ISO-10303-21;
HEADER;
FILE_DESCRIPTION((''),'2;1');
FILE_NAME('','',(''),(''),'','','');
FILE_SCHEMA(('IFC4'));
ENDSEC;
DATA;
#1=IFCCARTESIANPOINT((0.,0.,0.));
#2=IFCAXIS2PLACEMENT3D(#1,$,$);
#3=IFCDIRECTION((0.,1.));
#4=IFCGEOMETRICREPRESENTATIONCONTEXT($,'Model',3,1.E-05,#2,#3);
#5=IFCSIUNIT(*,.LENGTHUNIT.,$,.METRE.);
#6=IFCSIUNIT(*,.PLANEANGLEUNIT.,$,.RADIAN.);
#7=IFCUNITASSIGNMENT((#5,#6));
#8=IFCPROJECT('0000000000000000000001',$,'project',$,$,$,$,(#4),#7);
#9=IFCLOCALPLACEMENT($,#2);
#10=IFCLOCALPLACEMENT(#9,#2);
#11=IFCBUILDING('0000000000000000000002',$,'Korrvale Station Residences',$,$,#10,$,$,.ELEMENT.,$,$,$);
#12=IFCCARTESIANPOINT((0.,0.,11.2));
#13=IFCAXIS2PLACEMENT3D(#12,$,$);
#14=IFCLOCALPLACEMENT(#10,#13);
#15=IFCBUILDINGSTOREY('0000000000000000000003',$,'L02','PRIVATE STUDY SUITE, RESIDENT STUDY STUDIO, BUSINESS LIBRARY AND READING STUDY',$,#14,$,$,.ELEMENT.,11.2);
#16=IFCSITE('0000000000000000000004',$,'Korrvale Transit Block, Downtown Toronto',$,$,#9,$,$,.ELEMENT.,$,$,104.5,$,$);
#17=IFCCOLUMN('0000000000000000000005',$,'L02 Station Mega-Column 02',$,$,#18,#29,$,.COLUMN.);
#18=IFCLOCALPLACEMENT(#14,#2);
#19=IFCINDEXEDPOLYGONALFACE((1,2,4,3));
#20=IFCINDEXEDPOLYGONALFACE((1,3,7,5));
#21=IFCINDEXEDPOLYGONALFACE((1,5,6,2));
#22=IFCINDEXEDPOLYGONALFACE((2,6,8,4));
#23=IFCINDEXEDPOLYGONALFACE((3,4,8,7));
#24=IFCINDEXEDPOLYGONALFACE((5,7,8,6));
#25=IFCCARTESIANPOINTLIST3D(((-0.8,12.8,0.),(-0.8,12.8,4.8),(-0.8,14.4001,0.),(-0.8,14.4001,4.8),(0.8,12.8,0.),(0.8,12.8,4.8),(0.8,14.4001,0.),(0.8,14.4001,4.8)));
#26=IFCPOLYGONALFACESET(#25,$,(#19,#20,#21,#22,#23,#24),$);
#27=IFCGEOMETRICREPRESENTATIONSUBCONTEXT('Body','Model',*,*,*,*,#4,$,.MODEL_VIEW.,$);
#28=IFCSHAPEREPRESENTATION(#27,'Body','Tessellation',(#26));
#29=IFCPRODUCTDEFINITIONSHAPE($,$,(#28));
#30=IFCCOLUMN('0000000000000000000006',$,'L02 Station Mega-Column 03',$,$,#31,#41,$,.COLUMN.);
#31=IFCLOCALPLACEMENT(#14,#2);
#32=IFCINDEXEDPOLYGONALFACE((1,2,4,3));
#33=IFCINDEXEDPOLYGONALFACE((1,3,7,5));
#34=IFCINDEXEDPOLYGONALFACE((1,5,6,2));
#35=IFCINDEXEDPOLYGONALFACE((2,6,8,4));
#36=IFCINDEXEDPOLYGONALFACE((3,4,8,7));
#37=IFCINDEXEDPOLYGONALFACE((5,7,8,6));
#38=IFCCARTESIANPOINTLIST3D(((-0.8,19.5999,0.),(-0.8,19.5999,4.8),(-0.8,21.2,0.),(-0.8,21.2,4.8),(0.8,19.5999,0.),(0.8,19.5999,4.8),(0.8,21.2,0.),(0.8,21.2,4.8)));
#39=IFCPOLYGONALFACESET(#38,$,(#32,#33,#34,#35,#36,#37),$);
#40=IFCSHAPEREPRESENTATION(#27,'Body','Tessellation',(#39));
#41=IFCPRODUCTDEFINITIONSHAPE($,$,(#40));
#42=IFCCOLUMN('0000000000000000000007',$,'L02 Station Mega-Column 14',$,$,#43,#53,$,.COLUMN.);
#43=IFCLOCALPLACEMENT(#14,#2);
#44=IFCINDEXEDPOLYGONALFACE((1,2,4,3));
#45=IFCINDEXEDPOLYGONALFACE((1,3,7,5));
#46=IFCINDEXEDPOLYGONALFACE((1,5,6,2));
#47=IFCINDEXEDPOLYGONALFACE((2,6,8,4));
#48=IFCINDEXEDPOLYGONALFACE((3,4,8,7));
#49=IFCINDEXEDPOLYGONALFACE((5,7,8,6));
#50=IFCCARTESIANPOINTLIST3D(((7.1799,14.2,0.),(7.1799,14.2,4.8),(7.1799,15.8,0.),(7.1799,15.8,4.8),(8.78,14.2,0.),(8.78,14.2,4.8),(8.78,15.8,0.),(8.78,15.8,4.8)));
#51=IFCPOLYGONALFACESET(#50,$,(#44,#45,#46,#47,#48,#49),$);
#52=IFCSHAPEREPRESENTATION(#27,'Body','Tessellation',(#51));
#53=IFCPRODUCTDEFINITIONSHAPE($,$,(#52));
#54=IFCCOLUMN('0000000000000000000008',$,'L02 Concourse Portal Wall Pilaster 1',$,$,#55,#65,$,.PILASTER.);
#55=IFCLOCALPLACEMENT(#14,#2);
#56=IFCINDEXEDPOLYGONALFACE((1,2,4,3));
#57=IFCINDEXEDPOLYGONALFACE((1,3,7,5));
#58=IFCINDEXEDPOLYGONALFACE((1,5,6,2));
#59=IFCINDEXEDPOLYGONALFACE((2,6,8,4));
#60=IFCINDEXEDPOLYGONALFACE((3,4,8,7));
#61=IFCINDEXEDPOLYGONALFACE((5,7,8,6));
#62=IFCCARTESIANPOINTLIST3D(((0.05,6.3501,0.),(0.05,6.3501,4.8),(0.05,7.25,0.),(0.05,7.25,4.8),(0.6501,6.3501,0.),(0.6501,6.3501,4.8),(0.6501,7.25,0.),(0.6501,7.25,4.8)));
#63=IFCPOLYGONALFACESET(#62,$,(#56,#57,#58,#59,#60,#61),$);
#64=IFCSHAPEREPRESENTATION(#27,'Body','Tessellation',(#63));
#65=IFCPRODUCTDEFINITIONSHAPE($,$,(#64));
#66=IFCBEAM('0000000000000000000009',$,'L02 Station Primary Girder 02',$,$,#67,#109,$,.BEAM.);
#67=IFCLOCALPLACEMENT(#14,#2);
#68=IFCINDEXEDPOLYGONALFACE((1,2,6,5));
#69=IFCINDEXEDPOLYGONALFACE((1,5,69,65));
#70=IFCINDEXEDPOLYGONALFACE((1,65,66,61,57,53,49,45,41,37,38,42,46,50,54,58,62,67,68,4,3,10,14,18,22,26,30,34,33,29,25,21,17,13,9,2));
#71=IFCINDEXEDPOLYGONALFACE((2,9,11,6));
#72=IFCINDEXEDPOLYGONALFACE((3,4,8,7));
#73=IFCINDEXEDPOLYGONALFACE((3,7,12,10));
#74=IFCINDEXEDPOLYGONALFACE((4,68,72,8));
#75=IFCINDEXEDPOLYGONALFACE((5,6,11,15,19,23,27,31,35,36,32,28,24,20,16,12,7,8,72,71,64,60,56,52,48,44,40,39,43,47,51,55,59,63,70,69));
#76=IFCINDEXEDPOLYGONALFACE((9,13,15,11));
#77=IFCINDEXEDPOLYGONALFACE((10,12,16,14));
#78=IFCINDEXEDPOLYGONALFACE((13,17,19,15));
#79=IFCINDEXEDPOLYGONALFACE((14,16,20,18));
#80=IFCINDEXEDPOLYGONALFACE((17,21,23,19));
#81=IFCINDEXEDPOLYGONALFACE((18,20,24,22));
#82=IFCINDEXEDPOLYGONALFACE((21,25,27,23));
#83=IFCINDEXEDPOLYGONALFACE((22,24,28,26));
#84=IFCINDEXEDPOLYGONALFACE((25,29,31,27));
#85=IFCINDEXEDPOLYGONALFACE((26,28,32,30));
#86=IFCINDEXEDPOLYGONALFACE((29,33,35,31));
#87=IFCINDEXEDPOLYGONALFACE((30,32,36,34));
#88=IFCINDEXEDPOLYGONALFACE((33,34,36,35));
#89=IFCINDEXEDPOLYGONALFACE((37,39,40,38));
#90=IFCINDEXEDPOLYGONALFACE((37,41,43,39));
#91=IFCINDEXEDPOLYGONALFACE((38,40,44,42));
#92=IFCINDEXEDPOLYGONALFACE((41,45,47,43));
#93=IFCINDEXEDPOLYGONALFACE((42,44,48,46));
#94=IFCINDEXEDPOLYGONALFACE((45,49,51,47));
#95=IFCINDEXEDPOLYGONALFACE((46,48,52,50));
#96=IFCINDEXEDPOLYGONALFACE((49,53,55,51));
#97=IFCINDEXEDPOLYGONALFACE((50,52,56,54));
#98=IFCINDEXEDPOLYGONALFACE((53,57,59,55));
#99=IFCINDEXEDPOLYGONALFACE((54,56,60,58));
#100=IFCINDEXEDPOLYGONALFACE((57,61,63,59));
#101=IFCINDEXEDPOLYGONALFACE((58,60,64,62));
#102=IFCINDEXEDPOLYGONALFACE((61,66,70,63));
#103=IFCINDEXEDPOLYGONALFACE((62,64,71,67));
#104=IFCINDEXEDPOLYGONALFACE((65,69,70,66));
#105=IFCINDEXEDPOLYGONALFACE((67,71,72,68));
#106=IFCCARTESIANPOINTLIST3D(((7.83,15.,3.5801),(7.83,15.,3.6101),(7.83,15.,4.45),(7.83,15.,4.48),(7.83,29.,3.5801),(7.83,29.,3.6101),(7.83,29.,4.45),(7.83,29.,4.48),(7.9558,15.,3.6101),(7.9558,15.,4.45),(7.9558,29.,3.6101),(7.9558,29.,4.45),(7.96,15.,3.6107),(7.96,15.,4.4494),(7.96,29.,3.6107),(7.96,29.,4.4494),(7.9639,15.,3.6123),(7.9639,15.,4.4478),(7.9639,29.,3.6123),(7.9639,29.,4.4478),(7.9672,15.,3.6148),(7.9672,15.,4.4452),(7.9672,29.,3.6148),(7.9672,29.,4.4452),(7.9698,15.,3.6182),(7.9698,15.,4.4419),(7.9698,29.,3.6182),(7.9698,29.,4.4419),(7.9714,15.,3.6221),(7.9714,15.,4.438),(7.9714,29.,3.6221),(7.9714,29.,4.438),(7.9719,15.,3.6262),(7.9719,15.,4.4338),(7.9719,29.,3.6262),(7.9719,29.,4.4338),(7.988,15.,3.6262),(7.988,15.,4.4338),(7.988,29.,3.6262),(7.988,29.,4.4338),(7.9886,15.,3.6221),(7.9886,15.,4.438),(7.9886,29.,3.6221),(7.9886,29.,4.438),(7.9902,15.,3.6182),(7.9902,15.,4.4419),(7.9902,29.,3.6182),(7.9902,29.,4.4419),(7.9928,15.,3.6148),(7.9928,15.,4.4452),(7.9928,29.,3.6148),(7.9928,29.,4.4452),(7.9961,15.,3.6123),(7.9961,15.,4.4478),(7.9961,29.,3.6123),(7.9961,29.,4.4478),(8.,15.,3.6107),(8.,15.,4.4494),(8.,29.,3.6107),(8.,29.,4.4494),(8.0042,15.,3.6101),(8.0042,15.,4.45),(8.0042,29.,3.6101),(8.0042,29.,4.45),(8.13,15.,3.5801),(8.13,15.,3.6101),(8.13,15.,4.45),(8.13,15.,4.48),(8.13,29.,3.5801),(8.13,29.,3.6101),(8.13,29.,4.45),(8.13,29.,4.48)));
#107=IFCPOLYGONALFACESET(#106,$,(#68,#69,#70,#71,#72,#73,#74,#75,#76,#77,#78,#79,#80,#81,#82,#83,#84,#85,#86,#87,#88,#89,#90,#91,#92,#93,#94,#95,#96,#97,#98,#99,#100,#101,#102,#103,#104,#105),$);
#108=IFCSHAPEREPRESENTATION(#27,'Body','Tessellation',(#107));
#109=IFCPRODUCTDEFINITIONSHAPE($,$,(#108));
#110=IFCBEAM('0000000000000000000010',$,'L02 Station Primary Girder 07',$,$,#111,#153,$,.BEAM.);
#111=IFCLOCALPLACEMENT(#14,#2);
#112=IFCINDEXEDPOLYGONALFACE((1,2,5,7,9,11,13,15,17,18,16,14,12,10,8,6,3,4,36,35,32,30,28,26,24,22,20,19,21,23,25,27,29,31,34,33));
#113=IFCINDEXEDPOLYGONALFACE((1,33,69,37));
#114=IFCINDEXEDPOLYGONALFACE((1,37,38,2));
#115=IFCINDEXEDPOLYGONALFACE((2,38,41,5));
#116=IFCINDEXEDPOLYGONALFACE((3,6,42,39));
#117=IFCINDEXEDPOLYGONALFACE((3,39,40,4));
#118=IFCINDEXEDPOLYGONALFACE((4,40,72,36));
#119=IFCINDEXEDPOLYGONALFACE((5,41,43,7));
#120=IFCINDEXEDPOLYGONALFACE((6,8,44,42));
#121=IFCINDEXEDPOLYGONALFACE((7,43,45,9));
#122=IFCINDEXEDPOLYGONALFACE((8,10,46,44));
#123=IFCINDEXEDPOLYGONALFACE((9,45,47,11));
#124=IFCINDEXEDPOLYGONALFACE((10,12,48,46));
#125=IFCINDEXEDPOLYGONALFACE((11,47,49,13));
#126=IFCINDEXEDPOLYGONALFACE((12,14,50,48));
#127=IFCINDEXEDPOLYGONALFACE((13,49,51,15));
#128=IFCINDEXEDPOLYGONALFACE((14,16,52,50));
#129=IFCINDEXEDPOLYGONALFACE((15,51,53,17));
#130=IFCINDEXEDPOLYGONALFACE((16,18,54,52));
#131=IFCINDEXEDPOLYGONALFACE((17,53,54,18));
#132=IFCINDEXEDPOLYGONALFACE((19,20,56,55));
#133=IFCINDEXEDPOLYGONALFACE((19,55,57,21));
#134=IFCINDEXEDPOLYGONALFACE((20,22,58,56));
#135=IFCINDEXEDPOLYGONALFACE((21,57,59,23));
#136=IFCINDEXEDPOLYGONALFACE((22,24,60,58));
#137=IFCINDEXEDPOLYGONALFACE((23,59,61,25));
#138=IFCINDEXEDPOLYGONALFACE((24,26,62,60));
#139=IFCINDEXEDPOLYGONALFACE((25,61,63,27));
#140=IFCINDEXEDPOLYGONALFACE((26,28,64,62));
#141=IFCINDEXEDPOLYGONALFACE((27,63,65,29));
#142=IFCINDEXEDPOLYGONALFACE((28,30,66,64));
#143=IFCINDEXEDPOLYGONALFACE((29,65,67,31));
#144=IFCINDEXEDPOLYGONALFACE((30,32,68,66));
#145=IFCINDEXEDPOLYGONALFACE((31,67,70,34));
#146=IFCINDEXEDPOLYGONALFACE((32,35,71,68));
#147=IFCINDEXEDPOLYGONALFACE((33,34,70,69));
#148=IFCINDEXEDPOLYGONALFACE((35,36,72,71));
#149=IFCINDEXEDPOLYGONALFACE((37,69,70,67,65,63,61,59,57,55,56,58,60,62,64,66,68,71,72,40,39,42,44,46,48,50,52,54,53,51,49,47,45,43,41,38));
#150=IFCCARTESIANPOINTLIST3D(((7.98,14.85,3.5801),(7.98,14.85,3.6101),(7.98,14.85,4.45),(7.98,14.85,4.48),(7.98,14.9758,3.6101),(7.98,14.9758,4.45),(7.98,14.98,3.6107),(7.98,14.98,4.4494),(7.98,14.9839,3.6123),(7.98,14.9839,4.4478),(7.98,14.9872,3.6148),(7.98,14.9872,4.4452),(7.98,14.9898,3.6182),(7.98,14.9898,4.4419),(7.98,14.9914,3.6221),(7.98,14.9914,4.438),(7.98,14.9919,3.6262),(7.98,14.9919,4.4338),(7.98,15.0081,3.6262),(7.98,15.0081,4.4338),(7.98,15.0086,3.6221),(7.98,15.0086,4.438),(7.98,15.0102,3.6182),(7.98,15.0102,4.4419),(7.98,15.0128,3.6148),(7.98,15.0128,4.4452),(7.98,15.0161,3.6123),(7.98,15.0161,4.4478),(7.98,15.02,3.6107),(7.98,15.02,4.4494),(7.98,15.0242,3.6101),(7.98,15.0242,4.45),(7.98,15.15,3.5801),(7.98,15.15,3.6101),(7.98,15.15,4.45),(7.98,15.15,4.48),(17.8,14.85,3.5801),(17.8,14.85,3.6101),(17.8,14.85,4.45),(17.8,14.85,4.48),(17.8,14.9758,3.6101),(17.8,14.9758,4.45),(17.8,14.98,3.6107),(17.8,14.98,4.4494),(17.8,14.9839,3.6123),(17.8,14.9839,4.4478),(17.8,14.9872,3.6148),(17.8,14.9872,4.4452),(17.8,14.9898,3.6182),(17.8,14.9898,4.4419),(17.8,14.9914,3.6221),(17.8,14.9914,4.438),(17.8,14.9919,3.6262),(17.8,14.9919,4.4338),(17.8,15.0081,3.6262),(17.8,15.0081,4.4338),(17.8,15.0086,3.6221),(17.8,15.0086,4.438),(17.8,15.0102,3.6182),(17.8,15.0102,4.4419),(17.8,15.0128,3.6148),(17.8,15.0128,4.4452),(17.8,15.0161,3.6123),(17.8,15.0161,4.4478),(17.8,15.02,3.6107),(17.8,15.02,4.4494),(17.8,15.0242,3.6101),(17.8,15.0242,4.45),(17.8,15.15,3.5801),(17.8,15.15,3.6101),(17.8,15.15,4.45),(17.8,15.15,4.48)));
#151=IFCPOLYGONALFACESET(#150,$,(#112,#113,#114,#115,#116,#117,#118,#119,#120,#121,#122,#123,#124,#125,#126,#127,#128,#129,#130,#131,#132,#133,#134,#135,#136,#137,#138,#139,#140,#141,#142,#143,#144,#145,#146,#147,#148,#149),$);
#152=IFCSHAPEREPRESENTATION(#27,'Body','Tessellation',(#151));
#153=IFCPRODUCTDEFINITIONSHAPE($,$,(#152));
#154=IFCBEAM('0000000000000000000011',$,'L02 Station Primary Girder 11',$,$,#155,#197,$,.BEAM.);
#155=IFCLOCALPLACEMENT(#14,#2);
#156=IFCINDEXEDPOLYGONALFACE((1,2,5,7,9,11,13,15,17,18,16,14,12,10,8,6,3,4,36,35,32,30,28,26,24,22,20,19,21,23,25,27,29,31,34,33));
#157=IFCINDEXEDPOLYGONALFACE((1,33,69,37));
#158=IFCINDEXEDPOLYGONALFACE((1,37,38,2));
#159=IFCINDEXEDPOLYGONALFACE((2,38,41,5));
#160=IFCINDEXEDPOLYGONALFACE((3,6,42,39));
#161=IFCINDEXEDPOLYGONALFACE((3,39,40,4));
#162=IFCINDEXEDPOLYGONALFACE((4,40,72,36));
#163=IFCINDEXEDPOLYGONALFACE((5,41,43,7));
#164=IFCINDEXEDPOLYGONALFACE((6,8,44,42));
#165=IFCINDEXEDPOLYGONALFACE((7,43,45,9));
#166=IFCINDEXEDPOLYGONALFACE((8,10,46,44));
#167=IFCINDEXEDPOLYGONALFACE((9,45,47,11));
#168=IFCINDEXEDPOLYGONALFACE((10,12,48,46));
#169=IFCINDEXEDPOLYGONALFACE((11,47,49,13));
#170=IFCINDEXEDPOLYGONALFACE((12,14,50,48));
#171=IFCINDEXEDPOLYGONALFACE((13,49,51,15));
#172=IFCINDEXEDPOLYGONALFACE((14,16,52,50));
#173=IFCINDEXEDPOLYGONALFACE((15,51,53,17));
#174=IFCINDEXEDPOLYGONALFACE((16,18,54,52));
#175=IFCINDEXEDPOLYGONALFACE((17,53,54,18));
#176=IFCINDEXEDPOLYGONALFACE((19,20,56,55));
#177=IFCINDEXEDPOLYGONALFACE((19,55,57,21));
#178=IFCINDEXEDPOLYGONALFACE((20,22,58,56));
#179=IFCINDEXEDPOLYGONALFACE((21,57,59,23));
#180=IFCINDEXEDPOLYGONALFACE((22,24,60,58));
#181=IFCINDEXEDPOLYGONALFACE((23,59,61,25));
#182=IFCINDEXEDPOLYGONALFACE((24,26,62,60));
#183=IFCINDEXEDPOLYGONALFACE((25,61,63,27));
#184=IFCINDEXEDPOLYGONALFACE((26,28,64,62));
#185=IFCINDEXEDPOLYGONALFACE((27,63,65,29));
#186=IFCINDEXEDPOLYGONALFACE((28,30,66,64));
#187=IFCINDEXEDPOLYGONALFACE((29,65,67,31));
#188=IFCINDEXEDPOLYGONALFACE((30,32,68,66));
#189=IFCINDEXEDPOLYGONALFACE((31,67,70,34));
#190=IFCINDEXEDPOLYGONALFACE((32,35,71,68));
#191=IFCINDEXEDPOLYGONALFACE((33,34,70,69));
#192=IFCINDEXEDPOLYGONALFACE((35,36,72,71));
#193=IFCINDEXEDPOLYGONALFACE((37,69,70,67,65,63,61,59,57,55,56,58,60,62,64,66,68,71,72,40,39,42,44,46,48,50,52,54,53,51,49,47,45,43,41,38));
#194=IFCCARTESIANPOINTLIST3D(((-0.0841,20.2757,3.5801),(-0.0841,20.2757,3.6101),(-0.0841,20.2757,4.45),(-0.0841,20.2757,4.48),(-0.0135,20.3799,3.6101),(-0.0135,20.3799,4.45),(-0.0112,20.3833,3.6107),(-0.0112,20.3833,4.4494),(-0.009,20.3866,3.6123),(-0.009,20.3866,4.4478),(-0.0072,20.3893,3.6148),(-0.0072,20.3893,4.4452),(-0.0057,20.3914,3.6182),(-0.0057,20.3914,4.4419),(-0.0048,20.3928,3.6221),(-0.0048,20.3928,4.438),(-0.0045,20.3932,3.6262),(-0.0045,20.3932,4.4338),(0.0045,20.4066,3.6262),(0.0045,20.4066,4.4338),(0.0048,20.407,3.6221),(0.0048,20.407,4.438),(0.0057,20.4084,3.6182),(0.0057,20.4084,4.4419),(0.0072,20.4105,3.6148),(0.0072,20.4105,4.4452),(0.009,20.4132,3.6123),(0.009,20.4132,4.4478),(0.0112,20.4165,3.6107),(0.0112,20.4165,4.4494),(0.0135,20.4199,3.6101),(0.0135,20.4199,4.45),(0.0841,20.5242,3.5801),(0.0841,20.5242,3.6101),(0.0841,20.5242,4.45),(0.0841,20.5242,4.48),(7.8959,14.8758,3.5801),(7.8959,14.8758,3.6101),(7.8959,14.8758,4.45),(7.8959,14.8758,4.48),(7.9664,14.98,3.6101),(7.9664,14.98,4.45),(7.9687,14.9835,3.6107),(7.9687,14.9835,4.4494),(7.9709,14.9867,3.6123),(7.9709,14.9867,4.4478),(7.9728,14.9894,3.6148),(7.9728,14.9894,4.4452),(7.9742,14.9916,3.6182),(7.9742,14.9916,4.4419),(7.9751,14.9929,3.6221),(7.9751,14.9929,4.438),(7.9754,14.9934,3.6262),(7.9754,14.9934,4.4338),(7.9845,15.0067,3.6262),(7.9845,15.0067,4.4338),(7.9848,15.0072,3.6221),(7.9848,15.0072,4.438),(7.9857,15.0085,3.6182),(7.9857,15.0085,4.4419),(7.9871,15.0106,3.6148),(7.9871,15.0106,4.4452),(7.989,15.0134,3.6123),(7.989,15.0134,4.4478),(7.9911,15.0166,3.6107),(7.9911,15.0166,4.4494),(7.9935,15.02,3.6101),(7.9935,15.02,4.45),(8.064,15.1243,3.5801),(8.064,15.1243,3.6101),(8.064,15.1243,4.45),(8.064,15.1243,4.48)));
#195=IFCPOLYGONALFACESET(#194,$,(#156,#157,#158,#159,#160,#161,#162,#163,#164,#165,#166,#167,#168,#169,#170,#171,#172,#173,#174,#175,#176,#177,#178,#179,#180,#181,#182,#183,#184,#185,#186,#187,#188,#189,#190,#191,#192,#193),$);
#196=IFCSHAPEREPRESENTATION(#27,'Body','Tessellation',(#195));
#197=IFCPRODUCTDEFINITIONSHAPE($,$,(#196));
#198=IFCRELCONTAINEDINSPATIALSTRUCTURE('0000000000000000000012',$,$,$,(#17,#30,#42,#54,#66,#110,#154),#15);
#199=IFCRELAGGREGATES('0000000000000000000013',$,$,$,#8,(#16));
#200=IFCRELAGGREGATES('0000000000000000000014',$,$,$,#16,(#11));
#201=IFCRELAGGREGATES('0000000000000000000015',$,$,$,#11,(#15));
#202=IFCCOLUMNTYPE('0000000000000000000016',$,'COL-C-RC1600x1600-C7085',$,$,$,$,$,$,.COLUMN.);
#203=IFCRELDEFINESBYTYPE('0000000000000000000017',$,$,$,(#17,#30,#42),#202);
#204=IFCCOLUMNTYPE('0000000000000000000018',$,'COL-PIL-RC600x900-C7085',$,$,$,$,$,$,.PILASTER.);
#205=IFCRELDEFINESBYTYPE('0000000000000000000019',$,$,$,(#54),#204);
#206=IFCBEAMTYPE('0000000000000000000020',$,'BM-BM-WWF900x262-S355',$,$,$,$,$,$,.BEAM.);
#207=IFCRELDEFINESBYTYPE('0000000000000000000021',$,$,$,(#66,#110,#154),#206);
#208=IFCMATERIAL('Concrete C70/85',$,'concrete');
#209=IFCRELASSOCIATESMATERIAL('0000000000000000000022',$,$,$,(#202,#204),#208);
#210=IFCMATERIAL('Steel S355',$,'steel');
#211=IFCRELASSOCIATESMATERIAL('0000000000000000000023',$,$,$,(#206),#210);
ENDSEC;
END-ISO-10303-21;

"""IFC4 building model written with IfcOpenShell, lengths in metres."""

from ifc_helpers import new_model, si_unit, direction, frame, origin, origin_2d, place, context, subcontext, project, spatial, rectangle, i_section, extrude, material, material_profile, profile_set, type_object, element, save


model = new_model("IFC4")

# Units and contexts
model_context = context("Model", 3, precision=1e-05, world=origin(), true_north=direction((0.0, 1.0)))
body_context = subcontext(model_context, "Body", "Model", "MODEL_VIEW")
ifc_project = project(units=[si_unit("LENGTHUNIT", "METRE"), si_unit("PLANEANGLEUNIT", "RADIAN")], contexts=[model_context])

# Site, building, storey
site_placement = place(None, origin())
site = spatial("IfcSite", under=ifc_project, at=site_placement, Name="Korrvale Transit Block, Downtown Toronto", CompositionType="ELEMENT", RefElevation=104.5)
building_placement = place(site_placement, origin())
building = spatial("IfcBuilding", under=site, at=building_placement, Name="Korrvale Station Residences", CompositionType="ELEMENT")
storey_placement = place(building_placement, frame((0.0, 0.0, 11.2)))
storey = spatial("IfcBuildingStorey", under=building, at=storey_placement, Name="L02", Description="PRIVATE STUDY SUITE, RESIDENT STUDY STUDIO, BUSINESS LIBRARY AND READING STUDY", CompositionType="ELEMENT", Elevation=11.2)

# Columns
ifc_material_1 = material(Name="Concrete C70/85", Category="concrete")
ifc_material_profile_1 = material_profile(ifc_material_1, rectangle(XDim=1.6001, YDim=1.6001, at=origin_2d()), Name="RC1600x1600")
ifc_profile_set_1 = profile_set([ifc_material_profile_1], Name="Concrete C70/85")
column_type_1 = type_object("IfcColumnType", Name="COL-C-RC1600x1600-C7085", PredefinedType="COLUMN", material=ifc_profile_set_1)
for number, where, z_axis, x_axis, name in (
    (1, (0.0, 13.6001, 0.0), (0.0, 0.0, 1.0), (1.0, 0.0, 0.0), "L02 Station Mega-Column 02"),
    (2, (0.0, 20.3999, 0.0), (0.0, 0.0, 1.0), (1.0, 0.0, 0.0), "L02 Station Mega-Column 03"),
    (3, (7.98, 15.0, 0.0), (0.0, 0.0, 1.0), (1.0, 0.0, 0.0), "L02 Station Mega-Column 14"),
):
    element("IfcColumn", number, at=place(storey_placement, frame(where, z_axis=z_axis, x_axis=x_axis)), inside=storey, type_object=column_type_1, Name=name, PredefinedType="COLUMN", context=body_context, shape_type="SweptSolid", body=[
        extrude(rectangle(XDim=1.6001, YDim=1.6001, at=origin_2d()), origin(), (0.0, 0.0, 1.0), 4.8),
    ])
ifc_material_profile_2 = material_profile(ifc_material_1, rectangle(XDim=0.6001, YDim=0.8999, at=origin_2d()), Name="RC600x900")
ifc_profile_set_2 = profile_set([ifc_material_profile_2], Name="Concrete C70/85")
column_type_2 = type_object("IfcColumnType", Name="COL-PIL-RC600x900-C7085", PredefinedType="PILASTER", material=ifc_profile_set_2)
column_placement = place(storey_placement, frame((0.3501, 6.8, 0.0), z_axis=(0.0, 0.0, 1.0), x_axis=(1.0, 0.0, 0.0)))
element("IfcColumn", 4, at=column_placement, inside=storey, type_object=column_type_2, Name="L02 Concourse Portal Wall Pilaster 1", PredefinedType="PILASTER", context=body_context, shape_type="SweptSolid", body=[
    extrude(rectangle(XDim=0.6001, YDim=0.8999, at=origin_2d()), origin(), (0.0, 0.0, 1.0), 4.8),
])

# Beams
ifc_material_2 = material(Name="Steel S355", Category="steel")
ifc_material_profile_3 = material_profile(ifc_material_2, i_section(OverallWidth=0.3, OverallDepth=0.8999, WebThickness=0.0161, FlangeThickness=0.03, FilletRadius=0.0161, at=origin_2d()), Name="WWF900x262")
ifc_profile_set_3 = profile_set([ifc_material_profile_3], Name="Steel S355")
beam_type_1 = type_object("IfcBeamType", Name="BM-BM-WWF900x262-S355", PredefinedType="BEAM", material=ifc_profile_set_3)
beam_1_placement = place(storey_placement, frame((7.98, 15.0, 4.03), z_axis=(0.0, 1.0, 0.0), x_axis=(-1.0, 0.0, 0.0)))
element("IfcBeam", 5, at=beam_1_placement, inside=storey, type_object=beam_type_1, Name="L02 Station Primary Girder 02", PredefinedType="BEAM", context=body_context, shape_type="SweptSolid", body=[
    extrude(i_section(OverallWidth=0.3, OverallDepth=0.8999, WebThickness=0.0161, FlangeThickness=0.03, FilletRadius=0.0161, at=origin_2d()), origin(), (0.0, 0.0, 1.0), 14.0),
])
beam_2_placement = place(storey_placement, frame((7.98, 15.0, 4.03), z_axis=(1.0, 0.0, 0.0), x_axis=(0.0, 1.0, 0.0)))
element("IfcBeam", 6, at=beam_2_placement, inside=storey, type_object=beam_type_1, Name="L02 Station Primary Girder 07", PredefinedType="BEAM", context=body_context, shape_type="SweptSolid", body=[
    extrude(i_section(OverallWidth=0.3, OverallDepth=0.8999, WebThickness=0.0161, FlangeThickness=0.03, FilletRadius=0.0161, at=origin_2d()), origin(), (0.0, 0.0, 1.0), 9.8201),
])
beam_3_placement = place(storey_placement, frame((0.0, 20.3999, 4.03), z_axis=(0.828202, -0.560429, 0.0), x_axis=(0.560429, 0.828202, 0.0)))
element("IfcBeam", 7, at=beam_3_placement, inside=storey, type_object=beam_type_1, Name="L02 Station Primary Girder 11", PredefinedType="BEAM", context=body_context, shape_type="SweptSolid", body=[
    extrude(i_section(OverallWidth=0.3, OverallDepth=0.8999, WebThickness=0.0161, FlangeThickness=0.03, FilletRadius=0.0161, at=origin_2d()), origin(), (0.0, 0.0, 1.0), 9.6353),
])

save(model, "model.ifc")
